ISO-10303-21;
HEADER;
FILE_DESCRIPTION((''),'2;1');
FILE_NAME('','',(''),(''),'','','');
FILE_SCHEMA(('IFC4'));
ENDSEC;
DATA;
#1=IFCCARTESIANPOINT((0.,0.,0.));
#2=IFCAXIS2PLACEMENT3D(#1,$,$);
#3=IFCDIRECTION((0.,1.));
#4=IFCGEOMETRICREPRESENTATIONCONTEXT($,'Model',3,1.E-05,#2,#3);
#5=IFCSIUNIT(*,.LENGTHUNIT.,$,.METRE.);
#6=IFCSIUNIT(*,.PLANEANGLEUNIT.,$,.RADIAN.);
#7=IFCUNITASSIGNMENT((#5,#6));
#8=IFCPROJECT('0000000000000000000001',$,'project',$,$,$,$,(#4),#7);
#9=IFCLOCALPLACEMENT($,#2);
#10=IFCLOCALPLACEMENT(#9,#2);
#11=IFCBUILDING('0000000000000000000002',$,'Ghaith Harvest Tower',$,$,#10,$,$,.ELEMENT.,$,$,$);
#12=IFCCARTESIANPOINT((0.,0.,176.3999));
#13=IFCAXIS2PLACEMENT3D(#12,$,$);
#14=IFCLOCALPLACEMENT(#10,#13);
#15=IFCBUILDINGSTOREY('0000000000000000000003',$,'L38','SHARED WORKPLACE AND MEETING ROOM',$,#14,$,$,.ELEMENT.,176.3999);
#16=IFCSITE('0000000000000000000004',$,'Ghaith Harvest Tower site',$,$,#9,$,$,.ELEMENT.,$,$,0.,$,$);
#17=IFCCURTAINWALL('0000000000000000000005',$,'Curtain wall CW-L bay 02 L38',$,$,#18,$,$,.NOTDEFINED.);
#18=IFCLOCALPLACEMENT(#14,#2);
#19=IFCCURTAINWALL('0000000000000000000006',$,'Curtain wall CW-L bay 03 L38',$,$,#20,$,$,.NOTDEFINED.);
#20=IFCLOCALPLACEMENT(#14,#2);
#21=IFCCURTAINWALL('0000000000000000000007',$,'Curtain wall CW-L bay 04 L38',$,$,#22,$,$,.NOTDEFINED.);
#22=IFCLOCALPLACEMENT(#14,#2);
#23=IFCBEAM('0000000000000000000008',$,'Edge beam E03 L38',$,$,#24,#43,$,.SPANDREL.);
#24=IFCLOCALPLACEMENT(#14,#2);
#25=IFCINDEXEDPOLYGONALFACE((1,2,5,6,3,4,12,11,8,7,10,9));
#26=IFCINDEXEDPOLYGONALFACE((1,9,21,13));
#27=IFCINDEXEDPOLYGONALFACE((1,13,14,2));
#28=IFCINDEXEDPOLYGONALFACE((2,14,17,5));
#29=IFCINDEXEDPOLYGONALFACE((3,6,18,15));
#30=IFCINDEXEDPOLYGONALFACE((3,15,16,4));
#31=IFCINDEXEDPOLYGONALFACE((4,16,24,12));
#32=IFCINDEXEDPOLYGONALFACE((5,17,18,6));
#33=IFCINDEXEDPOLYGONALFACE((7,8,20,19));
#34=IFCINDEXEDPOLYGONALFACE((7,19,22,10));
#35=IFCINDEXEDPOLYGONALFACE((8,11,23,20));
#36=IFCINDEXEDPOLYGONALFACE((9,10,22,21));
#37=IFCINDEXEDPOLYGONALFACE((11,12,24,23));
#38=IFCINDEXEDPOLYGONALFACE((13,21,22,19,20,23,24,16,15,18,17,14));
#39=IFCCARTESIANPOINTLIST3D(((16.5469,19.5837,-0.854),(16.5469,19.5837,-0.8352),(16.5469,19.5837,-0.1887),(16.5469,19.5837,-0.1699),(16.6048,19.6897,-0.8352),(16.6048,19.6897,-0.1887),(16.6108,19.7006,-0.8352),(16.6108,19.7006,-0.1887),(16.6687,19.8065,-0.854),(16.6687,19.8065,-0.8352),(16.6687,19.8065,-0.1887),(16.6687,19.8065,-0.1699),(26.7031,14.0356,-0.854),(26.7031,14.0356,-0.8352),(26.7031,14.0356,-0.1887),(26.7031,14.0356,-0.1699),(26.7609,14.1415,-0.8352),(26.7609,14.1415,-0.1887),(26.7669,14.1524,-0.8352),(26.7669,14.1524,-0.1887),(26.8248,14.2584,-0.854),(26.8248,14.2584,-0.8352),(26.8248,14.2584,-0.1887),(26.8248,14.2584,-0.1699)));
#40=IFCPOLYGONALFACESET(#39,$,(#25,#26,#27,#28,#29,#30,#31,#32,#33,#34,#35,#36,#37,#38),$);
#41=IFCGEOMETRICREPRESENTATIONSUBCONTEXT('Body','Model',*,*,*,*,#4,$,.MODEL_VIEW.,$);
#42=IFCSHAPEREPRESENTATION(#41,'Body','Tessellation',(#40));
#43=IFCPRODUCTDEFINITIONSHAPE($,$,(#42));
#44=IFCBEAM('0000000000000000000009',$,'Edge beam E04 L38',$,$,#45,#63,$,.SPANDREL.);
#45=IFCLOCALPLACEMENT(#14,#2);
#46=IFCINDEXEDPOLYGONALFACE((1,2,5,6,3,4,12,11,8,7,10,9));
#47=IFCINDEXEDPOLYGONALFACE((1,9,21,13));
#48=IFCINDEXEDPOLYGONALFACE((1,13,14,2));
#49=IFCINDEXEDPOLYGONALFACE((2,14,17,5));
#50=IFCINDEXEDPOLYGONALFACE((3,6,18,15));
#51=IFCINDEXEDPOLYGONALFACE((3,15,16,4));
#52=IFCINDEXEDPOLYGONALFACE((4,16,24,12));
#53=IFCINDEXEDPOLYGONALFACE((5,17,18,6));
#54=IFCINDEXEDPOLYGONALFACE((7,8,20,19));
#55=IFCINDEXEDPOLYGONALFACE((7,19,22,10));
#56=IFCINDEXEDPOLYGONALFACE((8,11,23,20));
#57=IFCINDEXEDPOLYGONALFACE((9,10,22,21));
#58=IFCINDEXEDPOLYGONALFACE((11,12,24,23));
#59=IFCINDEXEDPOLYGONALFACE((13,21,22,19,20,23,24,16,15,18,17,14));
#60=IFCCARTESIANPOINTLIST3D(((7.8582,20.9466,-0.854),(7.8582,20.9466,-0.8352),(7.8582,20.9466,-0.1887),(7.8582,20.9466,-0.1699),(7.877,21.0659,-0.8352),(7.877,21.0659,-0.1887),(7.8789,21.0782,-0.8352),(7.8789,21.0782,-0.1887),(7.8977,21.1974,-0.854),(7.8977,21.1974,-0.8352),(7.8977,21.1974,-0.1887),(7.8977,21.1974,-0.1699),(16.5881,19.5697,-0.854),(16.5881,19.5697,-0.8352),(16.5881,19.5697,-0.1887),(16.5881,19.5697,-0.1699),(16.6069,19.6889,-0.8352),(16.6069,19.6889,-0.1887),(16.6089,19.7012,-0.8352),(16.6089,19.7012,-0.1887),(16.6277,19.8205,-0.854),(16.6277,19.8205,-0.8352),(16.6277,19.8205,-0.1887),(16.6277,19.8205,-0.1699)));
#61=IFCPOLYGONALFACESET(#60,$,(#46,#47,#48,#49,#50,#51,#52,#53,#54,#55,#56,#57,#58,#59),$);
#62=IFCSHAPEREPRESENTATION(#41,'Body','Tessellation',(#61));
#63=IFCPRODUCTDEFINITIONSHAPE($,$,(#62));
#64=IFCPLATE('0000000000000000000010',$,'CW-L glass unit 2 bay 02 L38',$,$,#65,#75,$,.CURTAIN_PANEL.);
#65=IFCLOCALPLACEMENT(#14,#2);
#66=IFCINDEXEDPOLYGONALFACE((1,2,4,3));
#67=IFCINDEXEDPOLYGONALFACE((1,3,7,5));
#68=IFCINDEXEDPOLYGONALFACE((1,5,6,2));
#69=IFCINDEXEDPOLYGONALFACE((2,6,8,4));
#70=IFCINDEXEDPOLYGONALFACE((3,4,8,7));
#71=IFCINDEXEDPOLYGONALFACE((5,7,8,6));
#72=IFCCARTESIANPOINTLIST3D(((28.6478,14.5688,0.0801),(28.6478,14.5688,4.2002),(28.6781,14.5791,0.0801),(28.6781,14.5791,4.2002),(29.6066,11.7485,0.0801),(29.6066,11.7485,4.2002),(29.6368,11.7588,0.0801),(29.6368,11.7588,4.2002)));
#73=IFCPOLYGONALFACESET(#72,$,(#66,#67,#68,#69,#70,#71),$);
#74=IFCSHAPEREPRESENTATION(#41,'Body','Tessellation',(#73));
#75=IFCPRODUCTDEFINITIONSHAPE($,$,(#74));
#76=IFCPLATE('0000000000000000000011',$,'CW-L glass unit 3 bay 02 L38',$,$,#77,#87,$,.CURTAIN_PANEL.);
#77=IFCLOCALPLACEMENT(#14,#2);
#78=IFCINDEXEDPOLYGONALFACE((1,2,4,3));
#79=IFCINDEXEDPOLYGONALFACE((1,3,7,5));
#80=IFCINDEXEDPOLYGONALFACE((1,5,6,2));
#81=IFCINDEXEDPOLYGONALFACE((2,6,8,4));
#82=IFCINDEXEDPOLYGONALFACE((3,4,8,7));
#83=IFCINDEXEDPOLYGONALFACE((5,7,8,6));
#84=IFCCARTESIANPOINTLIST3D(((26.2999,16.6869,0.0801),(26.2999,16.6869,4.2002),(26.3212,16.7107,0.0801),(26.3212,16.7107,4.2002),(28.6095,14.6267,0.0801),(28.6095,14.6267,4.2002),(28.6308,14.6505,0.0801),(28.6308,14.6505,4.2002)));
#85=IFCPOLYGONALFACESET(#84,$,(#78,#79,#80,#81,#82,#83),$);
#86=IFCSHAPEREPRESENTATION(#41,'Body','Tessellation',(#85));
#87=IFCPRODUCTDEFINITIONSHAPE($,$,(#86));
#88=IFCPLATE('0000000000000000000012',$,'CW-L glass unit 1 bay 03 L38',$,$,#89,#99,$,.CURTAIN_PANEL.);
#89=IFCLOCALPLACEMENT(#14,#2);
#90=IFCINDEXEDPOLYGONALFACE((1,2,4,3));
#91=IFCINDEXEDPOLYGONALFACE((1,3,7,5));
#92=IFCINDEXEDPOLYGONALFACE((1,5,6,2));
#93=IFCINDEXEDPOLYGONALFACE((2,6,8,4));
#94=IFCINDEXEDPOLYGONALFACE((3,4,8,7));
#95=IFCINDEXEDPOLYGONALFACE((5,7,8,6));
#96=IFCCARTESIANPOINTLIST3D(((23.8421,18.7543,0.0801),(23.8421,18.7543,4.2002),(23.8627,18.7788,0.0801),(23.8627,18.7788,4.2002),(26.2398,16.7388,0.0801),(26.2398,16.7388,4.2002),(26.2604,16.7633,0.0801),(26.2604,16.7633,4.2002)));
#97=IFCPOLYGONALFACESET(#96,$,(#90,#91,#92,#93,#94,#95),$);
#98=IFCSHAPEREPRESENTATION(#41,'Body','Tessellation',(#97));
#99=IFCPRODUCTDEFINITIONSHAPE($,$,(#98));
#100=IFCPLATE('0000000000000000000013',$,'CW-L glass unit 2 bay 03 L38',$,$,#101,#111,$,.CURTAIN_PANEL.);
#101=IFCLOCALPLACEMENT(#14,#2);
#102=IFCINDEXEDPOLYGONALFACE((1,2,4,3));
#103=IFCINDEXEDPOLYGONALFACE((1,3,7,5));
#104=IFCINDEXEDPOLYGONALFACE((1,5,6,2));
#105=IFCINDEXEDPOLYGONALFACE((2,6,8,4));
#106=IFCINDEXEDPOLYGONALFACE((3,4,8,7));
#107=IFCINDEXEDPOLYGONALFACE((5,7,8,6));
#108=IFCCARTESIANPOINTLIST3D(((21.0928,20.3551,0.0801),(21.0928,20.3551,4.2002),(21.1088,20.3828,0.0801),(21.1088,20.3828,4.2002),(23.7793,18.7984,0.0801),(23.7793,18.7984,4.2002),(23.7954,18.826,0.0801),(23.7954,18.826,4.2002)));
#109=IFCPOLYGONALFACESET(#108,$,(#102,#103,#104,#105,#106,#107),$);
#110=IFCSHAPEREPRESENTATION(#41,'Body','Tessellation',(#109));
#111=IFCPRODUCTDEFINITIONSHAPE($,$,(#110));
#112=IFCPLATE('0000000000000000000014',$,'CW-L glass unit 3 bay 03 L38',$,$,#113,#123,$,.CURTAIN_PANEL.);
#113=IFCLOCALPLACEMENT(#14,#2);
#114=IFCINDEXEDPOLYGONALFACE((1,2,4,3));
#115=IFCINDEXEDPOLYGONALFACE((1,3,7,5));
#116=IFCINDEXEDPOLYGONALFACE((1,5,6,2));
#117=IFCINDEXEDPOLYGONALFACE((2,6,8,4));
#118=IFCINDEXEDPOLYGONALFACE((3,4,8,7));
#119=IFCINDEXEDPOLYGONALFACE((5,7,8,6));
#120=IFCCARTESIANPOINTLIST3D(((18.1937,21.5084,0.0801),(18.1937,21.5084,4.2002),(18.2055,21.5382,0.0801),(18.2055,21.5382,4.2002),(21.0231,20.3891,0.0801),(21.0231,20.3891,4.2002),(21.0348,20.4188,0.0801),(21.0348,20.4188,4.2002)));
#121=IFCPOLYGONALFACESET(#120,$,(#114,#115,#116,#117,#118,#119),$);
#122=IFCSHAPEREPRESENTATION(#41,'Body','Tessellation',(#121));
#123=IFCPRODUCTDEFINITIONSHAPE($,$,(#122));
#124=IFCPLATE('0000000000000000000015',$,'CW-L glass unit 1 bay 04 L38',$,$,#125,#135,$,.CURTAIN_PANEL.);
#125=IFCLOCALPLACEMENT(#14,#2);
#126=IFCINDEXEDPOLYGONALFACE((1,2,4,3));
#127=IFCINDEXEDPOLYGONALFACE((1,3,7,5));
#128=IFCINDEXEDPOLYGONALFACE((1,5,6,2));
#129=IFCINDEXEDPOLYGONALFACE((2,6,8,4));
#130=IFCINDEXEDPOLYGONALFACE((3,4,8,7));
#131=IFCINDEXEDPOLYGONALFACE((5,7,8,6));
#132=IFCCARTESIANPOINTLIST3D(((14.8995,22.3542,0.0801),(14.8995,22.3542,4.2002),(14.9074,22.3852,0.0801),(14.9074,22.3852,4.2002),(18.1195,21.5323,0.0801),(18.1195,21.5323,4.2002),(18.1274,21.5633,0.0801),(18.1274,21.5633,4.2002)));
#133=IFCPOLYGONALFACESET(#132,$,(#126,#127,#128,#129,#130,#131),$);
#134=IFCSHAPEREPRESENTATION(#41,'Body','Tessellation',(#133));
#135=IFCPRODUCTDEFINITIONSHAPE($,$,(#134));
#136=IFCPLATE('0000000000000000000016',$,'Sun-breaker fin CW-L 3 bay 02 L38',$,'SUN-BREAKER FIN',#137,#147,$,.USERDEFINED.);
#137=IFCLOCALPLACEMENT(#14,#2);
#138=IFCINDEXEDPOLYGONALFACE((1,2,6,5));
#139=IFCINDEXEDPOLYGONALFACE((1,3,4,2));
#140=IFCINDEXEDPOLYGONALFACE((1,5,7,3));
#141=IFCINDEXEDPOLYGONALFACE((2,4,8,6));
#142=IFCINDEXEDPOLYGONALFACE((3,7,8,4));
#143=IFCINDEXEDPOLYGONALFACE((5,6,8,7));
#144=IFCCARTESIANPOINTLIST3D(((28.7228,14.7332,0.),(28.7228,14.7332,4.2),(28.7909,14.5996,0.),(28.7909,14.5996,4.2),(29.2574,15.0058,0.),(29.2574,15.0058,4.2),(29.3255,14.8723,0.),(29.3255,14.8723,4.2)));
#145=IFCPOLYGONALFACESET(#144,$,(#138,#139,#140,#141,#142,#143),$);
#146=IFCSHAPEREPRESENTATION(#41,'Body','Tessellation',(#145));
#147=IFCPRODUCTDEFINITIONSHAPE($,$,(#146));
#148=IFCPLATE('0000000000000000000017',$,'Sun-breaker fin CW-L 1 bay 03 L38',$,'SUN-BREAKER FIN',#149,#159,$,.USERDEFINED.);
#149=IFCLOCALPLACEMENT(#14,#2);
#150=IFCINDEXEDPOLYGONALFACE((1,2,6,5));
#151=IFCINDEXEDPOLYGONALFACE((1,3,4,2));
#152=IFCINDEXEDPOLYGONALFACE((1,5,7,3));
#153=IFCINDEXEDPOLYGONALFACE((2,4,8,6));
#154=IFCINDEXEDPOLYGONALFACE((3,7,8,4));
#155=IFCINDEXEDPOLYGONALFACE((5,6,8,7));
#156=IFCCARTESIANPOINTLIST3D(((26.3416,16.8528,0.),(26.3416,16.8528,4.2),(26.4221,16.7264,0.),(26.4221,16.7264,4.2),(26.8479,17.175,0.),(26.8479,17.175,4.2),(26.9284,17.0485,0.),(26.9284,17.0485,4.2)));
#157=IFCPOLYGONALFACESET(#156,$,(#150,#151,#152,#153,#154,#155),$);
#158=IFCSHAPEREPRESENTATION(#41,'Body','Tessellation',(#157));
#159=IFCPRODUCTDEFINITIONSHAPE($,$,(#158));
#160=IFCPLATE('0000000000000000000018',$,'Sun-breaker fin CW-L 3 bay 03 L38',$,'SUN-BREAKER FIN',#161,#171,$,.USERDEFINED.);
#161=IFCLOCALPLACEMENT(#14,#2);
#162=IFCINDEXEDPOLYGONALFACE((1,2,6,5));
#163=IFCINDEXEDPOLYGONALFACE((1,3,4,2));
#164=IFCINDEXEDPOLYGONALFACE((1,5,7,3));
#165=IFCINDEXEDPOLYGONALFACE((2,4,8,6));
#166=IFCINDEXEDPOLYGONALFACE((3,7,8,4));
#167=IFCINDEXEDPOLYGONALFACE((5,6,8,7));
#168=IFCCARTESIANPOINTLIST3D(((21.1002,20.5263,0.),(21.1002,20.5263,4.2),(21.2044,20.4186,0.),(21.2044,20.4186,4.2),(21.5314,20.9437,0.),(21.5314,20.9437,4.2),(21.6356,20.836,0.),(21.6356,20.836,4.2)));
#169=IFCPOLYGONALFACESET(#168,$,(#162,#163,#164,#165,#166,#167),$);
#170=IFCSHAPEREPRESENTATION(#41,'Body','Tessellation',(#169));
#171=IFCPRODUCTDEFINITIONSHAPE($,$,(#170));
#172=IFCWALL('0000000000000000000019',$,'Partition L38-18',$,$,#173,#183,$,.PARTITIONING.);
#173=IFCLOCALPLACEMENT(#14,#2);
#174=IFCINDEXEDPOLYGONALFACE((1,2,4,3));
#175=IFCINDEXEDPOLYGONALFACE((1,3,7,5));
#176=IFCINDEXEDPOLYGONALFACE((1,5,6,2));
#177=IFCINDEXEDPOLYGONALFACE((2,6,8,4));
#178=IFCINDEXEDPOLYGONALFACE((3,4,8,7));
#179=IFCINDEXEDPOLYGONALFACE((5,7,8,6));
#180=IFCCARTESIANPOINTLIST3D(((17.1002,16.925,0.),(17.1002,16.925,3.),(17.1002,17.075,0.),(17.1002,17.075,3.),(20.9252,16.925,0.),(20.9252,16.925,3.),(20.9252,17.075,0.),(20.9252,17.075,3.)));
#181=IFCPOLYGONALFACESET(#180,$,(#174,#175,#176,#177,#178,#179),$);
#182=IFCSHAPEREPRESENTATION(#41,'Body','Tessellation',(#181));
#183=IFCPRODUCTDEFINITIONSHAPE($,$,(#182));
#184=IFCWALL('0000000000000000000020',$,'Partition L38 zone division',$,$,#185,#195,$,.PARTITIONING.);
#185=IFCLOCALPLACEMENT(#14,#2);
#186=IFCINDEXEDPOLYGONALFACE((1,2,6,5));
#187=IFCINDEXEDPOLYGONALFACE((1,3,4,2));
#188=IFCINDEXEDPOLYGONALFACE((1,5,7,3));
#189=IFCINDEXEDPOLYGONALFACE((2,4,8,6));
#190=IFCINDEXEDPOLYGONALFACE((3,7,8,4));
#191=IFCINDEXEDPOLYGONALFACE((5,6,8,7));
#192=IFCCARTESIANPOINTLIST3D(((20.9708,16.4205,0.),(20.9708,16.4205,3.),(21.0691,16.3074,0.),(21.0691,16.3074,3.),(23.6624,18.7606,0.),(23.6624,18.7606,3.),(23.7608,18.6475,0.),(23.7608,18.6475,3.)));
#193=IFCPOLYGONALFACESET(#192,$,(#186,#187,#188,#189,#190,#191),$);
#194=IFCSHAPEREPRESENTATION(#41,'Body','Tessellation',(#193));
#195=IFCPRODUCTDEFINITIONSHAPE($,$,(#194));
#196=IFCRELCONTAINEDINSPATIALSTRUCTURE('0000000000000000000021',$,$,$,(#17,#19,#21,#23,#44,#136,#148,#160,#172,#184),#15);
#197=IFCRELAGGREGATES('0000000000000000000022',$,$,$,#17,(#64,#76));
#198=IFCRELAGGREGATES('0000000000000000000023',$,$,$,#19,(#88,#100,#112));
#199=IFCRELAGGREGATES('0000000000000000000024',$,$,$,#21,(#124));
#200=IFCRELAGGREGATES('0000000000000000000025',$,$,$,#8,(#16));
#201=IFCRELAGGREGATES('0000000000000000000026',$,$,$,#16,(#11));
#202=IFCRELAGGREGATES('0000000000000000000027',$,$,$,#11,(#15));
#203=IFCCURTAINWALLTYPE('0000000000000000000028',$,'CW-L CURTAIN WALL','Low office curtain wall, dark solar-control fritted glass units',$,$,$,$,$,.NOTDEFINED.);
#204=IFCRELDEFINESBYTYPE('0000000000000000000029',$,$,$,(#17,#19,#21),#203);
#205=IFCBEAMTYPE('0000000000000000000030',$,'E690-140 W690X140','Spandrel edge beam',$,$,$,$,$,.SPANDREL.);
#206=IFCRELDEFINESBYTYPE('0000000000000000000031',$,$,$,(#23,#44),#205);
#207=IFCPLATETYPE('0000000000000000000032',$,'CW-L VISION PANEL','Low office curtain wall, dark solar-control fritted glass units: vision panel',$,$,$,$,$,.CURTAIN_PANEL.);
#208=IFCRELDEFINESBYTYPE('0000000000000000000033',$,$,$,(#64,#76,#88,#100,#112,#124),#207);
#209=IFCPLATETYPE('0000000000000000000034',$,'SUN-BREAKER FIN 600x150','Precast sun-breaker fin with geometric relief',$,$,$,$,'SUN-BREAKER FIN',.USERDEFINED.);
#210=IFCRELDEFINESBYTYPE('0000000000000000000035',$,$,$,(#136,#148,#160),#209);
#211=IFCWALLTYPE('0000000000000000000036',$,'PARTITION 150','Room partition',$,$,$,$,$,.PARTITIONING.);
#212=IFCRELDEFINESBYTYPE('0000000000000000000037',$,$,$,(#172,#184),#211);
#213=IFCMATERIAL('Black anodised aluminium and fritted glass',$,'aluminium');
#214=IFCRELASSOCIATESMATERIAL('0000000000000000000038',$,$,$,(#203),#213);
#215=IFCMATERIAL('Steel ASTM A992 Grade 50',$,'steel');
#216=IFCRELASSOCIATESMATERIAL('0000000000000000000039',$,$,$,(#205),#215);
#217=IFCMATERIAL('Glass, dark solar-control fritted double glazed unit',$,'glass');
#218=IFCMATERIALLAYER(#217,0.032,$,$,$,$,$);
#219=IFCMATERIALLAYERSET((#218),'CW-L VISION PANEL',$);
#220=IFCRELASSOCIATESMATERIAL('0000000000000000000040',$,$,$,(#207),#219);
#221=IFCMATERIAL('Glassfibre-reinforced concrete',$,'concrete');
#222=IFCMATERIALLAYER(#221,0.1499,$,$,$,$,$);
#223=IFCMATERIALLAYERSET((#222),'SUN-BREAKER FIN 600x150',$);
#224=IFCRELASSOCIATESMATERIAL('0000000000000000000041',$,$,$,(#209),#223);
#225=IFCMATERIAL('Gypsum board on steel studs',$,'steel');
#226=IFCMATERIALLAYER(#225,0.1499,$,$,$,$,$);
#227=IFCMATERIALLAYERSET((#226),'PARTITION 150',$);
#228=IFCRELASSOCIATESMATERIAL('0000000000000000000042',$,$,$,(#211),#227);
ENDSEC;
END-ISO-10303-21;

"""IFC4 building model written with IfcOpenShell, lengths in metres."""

from ifc_helpers import new_model, si_unit, direction, frame, frame_2d, origin, origin_2d, place, context, subcontext, project, spatial, rectangle, i_section, extrude, material, layer, layer_set, material_profile, profile_set, type_object, element, aggregate, save


model = new_model("IFC4")

# Units and contexts
model_context = context("Model", 3, precision=1e-05, world=origin(), true_north=direction((0.0, 1.0)))
body_context = subcontext(model_context, "Body", "Model", "MODEL_VIEW")
ifc_project = project(units=[si_unit("LENGTHUNIT", "METRE"), si_unit("PLANEANGLEUNIT", "RADIAN")], contexts=[model_context])

# Site, building, storey
site_placement = place(None, origin())
site = spatial("IfcSite", under=ifc_project, at=site_placement, Name="Ghaith Harvest Tower site", CompositionType="ELEMENT", RefElevation=0.0)
building_placement = place(site_placement, origin())
building = spatial("IfcBuilding", under=site, at=building_placement, Name="Ghaith Harvest Tower", CompositionType="ELEMENT")
storey_placement = place(building_placement, frame((0.0, 0.0, 176.3999)))
storey = spatial("IfcBuildingStorey", under=building, at=storey_placement, Name="L38", Description="SHARED WORKPLACE AND MEETING ROOM", CompositionType="ELEMENT", Elevation=176.3999)

# Curtain wall
ifc_material_1 = material(Name="Black anodised aluminium and fritted glass", Category="aluminium")
curtain_wall_type = type_object("IfcCurtainWallType", Name="CW-L CURTAIN WALL", Description="Low office curtain wall, dark solar-control fritted glass units", PredefinedType="NOTDEFINED", material=ifc_material_1)
curtain_wall_1_placement = place(storey_placement, origin())
curtain_wall_1 = element("IfcCurtainWall", 1, at=curtain_wall_1_placement, inside=storey, type_object=curtain_wall_type, Name="Curtain wall CW-L bay 02 L38", PredefinedType="NOTDEFINED")

# Curtain walls
curtain_wall_2_placement = place(storey_placement, origin())
curtain_wall_2 = element("IfcCurtainWall", 2, at=curtain_wall_2_placement, inside=storey, type_object=curtain_wall_type, Name="Curtain wall CW-L bay 03 L38", PredefinedType="NOTDEFINED")
curtain_wall_3_placement = place(storey_placement, origin())
curtain_wall_3 = element("IfcCurtainWall", 3, at=curtain_wall_3_placement, inside=storey, type_object=curtain_wall_type, Name="Curtain wall CW-L bay 04 L38", PredefinedType="NOTDEFINED")

# Beams
ifc_material_2 = material(Name="Steel ASTM A992 Grade 50", Category="steel")
ifc_material_profile_1 = material_profile(ifc_material_2, i_section(OverallWidth=0.2539, OverallDepth=0.6841, WebThickness=0.0125, FlangeThickness=0.0188, at=origin_2d()), Name="W690X140")
ifc_profile_set_1 = profile_set([ifc_material_profile_1], Name="Steel ASTM A992 Grade 50")
beam_type = type_object("IfcBeamType", Name="E690-140 W690X140", Description="Spandrel edge beam", PredefinedType="SPANDREL", material=ifc_profile_set_1)
beam_1_placement = place(storey_placement, frame((26.7639, 14.147, -0.512), z_axis=(-0.877588, 0.479415, 0.0), x_axis=(-0.479415, -0.877588, 0.0)))
element("IfcBeam", 4, at=beam_1_placement, inside=storey, type_object=beam_type, Name="Edge beam E03 L38", PredefinedType="SPANDREL", context=body_context, shape_type="SweptSolid", body=[
    extrude(i_section(OverallWidth=0.2539, OverallDepth=0.6841, WebThickness=0.0125, FlangeThickness=0.0188, at=origin_2d()), origin(), (0.0, 0.0, 1.0), 11.5728),
])
beam_2_placement = place(storey_placement, frame((16.6079, 19.6951, -0.512), z_axis=(-0.987788, 0.155801, 0.0), x_axis=(-0.155801, -0.987788, 0.0)))
element("IfcBeam", 5, at=beam_2_placement, inside=storey, type_object=beam_type, Name="Edge beam E04 L38", PredefinedType="SPANDREL", context=body_context, shape_type="SweptSolid", body=[
    extrude(i_section(OverallWidth=0.2539, OverallDepth=0.6841, WebThickness=0.0125, FlangeThickness=0.0188, at=origin_2d()), origin(), (0.0, 0.0, 1.0), 8.8379),
])

# Plates
ifc_material_3 = material(Name="Glass, dark solar-control fritted double glazed unit", Category="glass")
ifc_layer_1 = layer(ifc_material_3, 0.032)
ifc_layer_set_1 = layer_set([ifc_layer_1], Name="CW-L VISION PANEL")
plate_type_1 = type_object("IfcPlateType", Name="CW-L VISION PANEL", Description="Low office curtain wall, dark solar-control fritted glass units: vision panel", PredefinedType="CURTAIN_PANEL", material=ifc_layer_set_1)
plate_1_placement = place(storey_placement, frame((29.1423, 13.1638, 0.0801), z_axis=(0.0, 0.0, 1.0), x_axis=(-0.321853, 0.94679, 0.0)))
plate_1 = element("IfcPlate", 6, at=plate_1_placement, type_object=plate_type_1, Name="CW-L glass unit 2 bay 02 L38", PredefinedType="CURTAIN_PANEL", context=body_context, shape_type="SweptSolid", body=[
    extrude(rectangle(XDim=2.9788, YDim=0.032, at=origin_2d()), origin(), (0.0, 0.0, 1.0), 4.1201),
])
plate_2_placement = place(storey_placement, frame((27.4653, 15.6687, 0.0801), z_axis=(0.0, 0.0, 1.0), x_axis=(-0.746251, 0.665665, 0.0)))
plate_2 = element("IfcPlate", 7, at=plate_2_placement, type_object=plate_type_1, Name="CW-L glass unit 3 bay 02 L38", PredefinedType="CURTAIN_PANEL", context=body_context, shape_type="SweptSolid", body=[
    extrude(rectangle(XDim=3.095, YDim=0.032, at=origin_2d()), origin(), (0.0, 0.0, 1.0), 4.1201),
])
aggregate(curtain_wall_1, [plate_1, plate_2])
plate_3_placement = place(storey_placement, frame((25.0513, 17.7588, 0.0801), z_axis=(0.0, 0.0, 1.0), x_axis=(-0.765473, 0.643468, 0.0)))
plate_3 = element("IfcPlate", 8, at=plate_3_placement, type_object=plate_type_1, Name="CW-L glass unit 1 bay 03 L38", PredefinedType="CURTAIN_PANEL", context=body_context, shape_type="SweptSolid", body=[
    extrude(rectangle(XDim=3.1323, YDim=0.032, at=origin_2d()), origin(), (0.0, 0.0, 1.0), 4.1201),
])
plate_4_placement = place(storey_placement, frame((22.4441, 19.5906, 0.0801), z_axis=(0.0, 0.0, 1.0), x_axis=(-0.865232, 0.501372, 0.0)))
plate_4 = element("IfcPlate", 9, at=plate_4_placement, type_object=plate_type_1, Name="CW-L glass unit 2 bay 03 L38", PredefinedType="CURTAIN_PANEL", context=body_context, shape_type="SweptSolid", body=[
    extrude(rectangle(XDim=3.105, YDim=0.032, at=origin_2d()), origin(), (0.0, 0.0, 1.0), 4.1201),
])
plate_5_placement = place(storey_placement, frame((19.6143, 20.9636, 0.0801), z_axis=(0.0, 0.0, 1.0), x_axis=(-0.929877, 0.367872, 0.0)))
plate_5 = element("IfcPlate", 10, at=plate_5_placement, type_object=plate_type_1, Name="CW-L glass unit 3 bay 03 L38", PredefinedType="CURTAIN_PANEL", context=body_context, shape_type="SweptSolid", body=[
    extrude(rectangle(XDim=3.0427, YDim=0.032, at=origin_2d()), origin(), (0.0, 0.0, 1.0), 4.1201),
])
aggregate(curtain_wall_2, [plate_3, plate_4, plate_5])
plate_6_placement = place(storey_placement, frame((16.5134, 21.9587, 0.0801), z_axis=(0.0, 0.0, 1.0), x_axis=(-0.968931, 0.247331, 0.0)))
plate_6 = element("IfcPlate", 11, at=plate_6_placement, type_object=plate_type_1, Name="CW-L glass unit 1 bay 04 L38", PredefinedType="CURTAIN_PANEL", context=body_context, shape_type="SweptSolid", body=[
    extrude(rectangle(XDim=3.3232, YDim=0.032, at=origin_2d()), origin(), (0.0, 0.0, 1.0), 4.1201),
])
aggregate(curtain_wall_3, [plate_6])

# Plates
ifc_material_4 = material(Name="Glassfibre-reinforced concrete", Category="concrete")
ifc_layer_2 = layer(ifc_material_4, 0.1499)
ifc_layer_set_2 = layer_set([ifc_layer_2], Name="SUN-BREAKER FIN 600x150")
plate_type_2 = type_object("IfcPlateType", Name="SUN-BREAKER FIN 600x150", Description="Precast sun-breaker fin with geometric relief", ElementType="SUN-BREAKER FIN", PredefinedType="USERDEFINED", material=ifc_layer_set_2)
for number, where, z_axis, x_axis, name in (
    (12, (29.0242, 14.8027, 0.0), (0.0, 0.0, 1.0), (0.890831, 0.454335, 0.0), "Sun-breaker fin CW-L 3 bay 02 L38"),
    (13, (26.635, 16.9507, 0.0), (0.0, 0.0, 1.0), (0.843644, 0.536903, 0.0), "Sun-breaker fin CW-L 1 bay 03 L38"),
    (14, (21.3679, 20.6812, 0.0), (0.0, 0.0, 1.0), (0.718559, 0.695466, 0.0), "Sun-breaker fin CW-L 3 bay 03 L38"),
):
    element("IfcPlate", number, at=place(storey_placement, frame(where, z_axis=z_axis, x_axis=x_axis)), inside=storey, type_object=plate_type_2, Name=name, ObjectType="SUN-BREAKER FIN", PredefinedType="USERDEFINED", context=body_context, shape_type="SweptSolid", body=[
        extrude(rectangle(XDim=0.6001, YDim=0.1499, at=origin_2d()), origin(), (0.0, 0.0, 1.0), 4.2),
    ])

# Walls
ifc_material_5 = material(Name="Gypsum board on steel studs", Category="steel")
ifc_layer_3 = layer(ifc_material_5, 0.1499)
ifc_layer_set_3 = layer_set([ifc_layer_3], Name="PARTITION 150")
wall_type = type_object("IfcWallType", Name="PARTITION 150", Description="Room partition", PredefinedType="PARTITIONING", material=ifc_layer_set_3)
wall_1_placement = place(storey_placement, frame((17.1001, 17.0, 0.0), z_axis=(0.0, 0.0, 1.0), x_axis=(1.0, 0.0, 0.0)))
element("IfcWall", 15, at=wall_1_placement, inside=storey, type_object=wall_type, Name="Partition L38-18", PredefinedType="PARTITIONING", context=body_context, shape_type="SweptSolid", body=[
    extrude(rectangle(XDim=3.825, YDim=0.1499, at=frame_2d((1.9126, 0.0))), origin(), (0.0, 0.0, 1.0), 3.0),
])
wall_2_placement = place(storey_placement, frame((21.02, 16.364, 0.0), z_axis=(0.0, 0.0, 1.0), x_axis=(0.754672, 0.656102, 0.0)))
element("IfcWall", 16, at=wall_2_placement, inside=storey, type_object=wall_type, Name="Partition L38 zone division", PredefinedType="PARTITIONING", context=body_context, shape_type="SweptSolid", body=[
    extrude(rectangle(XDim=3.5667, YDim=0.1499, at=frame_2d((1.7832, 0.0))), origin(), (0.0, 0.0, 1.0), 3.0),
])

save(model, "model.ifc")
